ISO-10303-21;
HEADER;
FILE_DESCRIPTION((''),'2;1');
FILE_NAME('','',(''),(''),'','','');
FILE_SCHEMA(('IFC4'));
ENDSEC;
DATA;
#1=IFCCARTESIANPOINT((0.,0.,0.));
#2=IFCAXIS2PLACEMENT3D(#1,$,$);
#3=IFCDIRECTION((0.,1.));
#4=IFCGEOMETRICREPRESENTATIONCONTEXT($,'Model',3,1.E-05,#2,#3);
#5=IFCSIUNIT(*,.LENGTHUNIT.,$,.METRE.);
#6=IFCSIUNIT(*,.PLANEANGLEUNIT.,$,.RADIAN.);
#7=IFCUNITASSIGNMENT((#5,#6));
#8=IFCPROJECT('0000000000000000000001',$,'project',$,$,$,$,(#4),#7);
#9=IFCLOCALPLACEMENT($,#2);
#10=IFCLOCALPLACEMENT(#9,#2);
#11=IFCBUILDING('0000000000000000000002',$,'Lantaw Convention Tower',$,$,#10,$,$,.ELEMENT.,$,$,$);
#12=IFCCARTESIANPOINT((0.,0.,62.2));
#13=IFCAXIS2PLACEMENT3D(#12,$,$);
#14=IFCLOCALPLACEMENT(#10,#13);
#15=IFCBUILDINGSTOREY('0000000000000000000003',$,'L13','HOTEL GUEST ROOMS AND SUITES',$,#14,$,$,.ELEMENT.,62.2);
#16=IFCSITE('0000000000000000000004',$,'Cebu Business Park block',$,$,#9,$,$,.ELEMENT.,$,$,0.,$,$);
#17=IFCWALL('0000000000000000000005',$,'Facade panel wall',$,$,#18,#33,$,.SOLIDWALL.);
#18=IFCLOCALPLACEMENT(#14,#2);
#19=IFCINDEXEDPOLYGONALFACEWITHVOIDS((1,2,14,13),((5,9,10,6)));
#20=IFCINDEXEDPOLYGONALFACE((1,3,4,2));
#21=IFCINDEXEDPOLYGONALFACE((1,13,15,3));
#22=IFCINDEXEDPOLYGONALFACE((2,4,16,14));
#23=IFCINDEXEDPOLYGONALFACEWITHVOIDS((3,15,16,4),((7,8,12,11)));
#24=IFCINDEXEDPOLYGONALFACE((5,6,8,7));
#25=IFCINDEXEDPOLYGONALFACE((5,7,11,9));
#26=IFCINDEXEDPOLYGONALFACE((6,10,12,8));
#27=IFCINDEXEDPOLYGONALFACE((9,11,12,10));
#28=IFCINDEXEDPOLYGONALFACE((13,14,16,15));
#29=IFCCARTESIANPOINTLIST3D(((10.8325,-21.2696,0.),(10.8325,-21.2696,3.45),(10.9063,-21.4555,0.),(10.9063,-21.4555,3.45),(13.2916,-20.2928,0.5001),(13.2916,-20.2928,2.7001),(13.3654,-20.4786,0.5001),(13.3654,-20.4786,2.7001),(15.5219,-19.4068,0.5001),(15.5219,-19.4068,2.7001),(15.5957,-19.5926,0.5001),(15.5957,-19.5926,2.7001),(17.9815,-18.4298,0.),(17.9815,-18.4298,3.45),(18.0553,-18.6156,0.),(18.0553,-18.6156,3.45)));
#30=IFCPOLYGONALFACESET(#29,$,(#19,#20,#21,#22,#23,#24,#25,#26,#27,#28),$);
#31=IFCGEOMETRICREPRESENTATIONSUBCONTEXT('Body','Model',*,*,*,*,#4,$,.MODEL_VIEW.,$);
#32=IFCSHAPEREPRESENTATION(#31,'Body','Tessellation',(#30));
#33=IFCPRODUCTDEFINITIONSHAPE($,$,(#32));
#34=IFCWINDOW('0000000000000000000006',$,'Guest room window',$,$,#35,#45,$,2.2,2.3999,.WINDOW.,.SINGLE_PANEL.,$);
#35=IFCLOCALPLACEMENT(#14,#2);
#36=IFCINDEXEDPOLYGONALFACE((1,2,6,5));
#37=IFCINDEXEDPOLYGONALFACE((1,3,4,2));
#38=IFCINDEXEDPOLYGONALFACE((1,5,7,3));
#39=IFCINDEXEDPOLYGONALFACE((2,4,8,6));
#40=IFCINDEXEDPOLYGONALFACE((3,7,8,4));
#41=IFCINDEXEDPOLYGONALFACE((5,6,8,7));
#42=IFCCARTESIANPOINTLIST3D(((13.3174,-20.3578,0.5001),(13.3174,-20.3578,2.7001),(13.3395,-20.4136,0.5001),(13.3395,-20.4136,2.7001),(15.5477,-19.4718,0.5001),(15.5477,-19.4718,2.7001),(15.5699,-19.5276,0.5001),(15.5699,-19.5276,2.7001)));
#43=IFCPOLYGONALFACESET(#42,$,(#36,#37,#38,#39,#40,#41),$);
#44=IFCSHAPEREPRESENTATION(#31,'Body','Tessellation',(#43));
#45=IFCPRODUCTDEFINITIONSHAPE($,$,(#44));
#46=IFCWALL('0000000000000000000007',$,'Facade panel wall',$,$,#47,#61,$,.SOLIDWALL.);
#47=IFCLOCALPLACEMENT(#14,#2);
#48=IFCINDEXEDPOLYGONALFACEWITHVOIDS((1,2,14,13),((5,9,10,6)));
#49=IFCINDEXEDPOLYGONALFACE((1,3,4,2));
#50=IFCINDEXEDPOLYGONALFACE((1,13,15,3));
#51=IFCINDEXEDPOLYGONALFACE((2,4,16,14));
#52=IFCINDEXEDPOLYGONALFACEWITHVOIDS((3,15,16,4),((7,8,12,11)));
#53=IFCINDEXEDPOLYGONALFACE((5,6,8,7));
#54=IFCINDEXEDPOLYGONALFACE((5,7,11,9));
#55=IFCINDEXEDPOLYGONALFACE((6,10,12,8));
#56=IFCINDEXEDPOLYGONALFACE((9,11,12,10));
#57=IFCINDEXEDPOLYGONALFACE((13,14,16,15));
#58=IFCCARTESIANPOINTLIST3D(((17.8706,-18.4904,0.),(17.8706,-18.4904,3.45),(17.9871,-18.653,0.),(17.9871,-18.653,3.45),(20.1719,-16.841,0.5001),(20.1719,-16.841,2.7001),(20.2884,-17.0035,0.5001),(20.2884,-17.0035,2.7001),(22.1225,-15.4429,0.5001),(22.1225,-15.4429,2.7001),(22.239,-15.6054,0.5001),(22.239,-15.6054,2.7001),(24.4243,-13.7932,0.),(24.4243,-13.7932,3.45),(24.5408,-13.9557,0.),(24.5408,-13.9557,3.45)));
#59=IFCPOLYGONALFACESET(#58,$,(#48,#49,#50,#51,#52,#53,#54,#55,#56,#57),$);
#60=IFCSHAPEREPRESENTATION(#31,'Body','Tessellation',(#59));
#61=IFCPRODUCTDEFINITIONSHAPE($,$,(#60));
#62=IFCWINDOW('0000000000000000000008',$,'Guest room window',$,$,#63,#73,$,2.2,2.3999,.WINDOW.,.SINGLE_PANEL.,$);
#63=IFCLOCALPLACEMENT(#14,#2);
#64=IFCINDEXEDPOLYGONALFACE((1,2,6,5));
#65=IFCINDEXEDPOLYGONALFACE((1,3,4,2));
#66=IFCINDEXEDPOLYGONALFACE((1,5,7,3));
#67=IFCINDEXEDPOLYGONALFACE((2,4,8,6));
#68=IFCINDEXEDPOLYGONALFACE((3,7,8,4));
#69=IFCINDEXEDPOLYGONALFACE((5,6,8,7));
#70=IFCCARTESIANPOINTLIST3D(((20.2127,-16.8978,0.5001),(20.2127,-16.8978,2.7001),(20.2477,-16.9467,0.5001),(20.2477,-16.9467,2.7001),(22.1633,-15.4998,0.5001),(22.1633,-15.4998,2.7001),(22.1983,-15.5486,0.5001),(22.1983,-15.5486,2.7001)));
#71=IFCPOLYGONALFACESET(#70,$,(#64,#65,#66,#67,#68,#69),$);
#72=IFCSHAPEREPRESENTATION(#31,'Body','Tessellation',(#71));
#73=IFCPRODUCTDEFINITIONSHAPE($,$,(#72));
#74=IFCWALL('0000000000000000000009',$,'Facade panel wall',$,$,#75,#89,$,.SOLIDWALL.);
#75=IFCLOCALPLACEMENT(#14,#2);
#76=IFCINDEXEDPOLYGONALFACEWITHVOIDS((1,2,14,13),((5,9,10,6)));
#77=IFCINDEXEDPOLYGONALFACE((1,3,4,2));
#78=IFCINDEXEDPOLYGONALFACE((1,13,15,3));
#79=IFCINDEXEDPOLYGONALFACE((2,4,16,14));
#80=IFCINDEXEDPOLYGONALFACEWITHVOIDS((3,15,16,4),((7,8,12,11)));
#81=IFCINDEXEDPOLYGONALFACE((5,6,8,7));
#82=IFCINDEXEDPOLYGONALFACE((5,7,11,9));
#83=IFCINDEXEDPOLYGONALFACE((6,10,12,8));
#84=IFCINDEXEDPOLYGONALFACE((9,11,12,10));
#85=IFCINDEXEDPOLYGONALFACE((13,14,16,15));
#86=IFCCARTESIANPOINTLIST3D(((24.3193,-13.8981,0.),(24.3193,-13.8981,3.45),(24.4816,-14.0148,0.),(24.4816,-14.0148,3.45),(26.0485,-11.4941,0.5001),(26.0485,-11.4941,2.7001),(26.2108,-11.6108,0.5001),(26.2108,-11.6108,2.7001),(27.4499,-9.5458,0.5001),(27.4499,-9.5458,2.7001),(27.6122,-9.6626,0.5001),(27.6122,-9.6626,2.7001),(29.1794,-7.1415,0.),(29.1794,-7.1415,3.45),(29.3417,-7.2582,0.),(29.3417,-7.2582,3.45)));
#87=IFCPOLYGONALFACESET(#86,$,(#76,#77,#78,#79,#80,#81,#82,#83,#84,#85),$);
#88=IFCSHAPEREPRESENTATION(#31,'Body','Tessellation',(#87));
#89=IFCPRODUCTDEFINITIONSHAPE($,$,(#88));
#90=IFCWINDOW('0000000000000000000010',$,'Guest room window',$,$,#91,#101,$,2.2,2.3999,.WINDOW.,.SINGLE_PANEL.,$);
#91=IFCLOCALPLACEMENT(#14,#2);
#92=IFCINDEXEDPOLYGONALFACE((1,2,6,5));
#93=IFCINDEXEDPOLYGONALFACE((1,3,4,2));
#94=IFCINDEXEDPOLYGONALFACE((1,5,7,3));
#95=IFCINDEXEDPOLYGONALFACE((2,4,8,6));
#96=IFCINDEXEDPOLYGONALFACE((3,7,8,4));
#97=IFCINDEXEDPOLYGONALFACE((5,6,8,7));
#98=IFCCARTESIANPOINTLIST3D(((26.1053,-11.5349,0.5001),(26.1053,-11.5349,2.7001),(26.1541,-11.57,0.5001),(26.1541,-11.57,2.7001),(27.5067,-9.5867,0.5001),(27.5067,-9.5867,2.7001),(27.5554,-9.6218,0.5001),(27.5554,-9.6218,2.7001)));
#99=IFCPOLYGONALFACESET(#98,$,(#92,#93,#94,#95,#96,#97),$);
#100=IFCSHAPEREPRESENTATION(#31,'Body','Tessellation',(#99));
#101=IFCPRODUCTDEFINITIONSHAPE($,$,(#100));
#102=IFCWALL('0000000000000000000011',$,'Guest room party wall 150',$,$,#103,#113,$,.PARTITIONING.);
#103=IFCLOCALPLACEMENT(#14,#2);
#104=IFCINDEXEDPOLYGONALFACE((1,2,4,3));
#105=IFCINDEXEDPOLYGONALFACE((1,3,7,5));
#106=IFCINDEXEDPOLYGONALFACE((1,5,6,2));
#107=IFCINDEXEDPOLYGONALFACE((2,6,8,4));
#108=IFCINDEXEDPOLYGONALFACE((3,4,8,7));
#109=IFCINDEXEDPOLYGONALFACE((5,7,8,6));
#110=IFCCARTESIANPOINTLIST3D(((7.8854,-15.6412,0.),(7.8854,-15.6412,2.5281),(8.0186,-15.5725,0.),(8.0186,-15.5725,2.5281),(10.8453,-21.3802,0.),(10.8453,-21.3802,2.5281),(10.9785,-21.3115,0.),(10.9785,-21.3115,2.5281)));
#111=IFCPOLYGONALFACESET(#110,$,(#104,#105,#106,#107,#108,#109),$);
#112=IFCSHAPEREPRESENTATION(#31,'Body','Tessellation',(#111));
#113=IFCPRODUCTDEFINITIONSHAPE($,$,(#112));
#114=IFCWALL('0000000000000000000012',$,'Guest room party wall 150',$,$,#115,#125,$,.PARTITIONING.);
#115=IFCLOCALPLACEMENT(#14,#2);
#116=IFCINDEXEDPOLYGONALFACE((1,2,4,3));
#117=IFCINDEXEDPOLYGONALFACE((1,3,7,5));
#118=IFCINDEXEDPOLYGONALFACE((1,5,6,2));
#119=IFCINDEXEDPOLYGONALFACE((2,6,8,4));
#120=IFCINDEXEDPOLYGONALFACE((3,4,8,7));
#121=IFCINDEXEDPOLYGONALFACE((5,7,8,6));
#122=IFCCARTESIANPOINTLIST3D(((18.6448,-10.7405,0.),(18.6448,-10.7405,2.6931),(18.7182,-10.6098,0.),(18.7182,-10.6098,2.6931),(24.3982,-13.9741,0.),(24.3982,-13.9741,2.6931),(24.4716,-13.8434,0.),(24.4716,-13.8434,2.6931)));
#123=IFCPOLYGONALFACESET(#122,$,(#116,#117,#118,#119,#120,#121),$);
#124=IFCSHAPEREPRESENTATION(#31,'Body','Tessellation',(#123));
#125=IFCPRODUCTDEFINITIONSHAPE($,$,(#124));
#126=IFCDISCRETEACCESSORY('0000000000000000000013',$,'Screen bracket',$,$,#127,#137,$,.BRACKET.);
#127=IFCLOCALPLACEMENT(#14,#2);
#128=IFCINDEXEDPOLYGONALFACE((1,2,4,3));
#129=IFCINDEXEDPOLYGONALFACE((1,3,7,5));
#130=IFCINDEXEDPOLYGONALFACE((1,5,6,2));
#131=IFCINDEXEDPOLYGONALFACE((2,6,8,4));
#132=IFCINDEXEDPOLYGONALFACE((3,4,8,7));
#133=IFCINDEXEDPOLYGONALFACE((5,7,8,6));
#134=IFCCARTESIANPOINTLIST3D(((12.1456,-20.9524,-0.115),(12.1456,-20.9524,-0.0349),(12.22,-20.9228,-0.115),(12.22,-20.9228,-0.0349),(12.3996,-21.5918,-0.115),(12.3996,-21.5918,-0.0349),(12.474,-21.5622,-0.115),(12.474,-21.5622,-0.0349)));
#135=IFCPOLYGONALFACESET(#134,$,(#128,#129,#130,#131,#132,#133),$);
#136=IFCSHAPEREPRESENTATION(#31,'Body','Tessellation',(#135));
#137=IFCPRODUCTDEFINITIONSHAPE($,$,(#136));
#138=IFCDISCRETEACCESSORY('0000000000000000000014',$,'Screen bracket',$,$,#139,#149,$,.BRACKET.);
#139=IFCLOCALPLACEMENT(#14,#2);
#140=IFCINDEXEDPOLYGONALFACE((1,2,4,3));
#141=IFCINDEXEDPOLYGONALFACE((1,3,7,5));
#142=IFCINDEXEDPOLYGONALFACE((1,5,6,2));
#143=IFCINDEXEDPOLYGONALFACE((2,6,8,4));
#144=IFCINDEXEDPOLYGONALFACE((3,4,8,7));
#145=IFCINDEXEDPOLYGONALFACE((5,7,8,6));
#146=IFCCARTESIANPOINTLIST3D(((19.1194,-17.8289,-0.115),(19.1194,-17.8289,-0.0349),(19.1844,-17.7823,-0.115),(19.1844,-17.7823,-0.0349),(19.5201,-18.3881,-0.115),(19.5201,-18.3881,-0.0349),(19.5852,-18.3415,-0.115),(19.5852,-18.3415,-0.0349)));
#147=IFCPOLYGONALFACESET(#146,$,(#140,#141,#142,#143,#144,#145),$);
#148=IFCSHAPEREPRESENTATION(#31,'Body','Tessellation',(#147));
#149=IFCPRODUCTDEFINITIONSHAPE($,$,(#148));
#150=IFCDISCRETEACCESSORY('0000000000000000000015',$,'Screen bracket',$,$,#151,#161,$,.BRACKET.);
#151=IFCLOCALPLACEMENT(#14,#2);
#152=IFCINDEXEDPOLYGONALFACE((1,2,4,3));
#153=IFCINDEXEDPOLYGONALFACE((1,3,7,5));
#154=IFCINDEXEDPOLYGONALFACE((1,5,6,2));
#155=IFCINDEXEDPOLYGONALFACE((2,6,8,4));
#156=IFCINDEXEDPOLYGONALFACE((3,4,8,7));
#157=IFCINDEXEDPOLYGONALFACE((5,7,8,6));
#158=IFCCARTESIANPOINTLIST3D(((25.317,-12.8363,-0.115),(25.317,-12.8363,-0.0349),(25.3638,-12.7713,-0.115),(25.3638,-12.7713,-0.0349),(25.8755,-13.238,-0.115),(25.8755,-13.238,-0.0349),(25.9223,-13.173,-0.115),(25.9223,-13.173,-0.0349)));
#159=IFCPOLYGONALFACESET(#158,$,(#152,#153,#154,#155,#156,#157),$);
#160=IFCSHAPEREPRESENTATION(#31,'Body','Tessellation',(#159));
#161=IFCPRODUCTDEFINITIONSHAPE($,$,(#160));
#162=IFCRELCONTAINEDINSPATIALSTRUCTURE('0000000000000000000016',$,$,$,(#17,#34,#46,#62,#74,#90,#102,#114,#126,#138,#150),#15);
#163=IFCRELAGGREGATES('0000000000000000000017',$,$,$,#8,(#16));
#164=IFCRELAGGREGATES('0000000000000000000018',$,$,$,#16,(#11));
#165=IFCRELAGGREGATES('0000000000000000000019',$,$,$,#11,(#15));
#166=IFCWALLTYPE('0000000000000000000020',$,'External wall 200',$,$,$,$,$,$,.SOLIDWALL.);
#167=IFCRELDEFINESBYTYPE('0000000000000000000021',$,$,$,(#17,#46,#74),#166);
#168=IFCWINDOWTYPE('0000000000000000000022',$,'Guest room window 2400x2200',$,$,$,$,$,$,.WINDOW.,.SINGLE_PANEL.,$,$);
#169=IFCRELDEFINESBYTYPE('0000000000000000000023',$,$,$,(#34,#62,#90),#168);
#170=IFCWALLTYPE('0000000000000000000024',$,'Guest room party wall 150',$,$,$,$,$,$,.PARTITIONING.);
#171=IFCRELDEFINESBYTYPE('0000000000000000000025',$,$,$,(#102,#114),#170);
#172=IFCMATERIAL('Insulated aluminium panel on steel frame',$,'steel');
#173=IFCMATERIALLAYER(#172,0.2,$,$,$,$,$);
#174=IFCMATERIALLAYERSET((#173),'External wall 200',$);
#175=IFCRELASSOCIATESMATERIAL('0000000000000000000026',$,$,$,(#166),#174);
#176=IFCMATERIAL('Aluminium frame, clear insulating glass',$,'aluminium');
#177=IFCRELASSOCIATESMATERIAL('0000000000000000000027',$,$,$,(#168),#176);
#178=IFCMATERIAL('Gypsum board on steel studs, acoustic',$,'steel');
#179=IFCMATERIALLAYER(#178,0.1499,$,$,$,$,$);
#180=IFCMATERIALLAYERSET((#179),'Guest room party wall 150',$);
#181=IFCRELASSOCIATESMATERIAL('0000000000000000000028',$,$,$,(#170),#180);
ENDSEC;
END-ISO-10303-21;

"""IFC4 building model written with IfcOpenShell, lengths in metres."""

from ifc_helpers import new_model, si_unit, direction, frame, frame_2d, origin, origin_2d, place, context, subcontext, project, spatial, rectangle, extrude, material, layer, layer_set, type_object, element, fill, save


model = new_model("IFC4")

# Units and contexts
model_context = context("Model", 3, precision=1e-05, world=origin(), true_north=direction((0.0, 1.0)))
body_context = subcontext(model_context, "Body", "Model", "MODEL_VIEW")
ifc_project = project(units=[si_unit("LENGTHUNIT", "METRE"), si_unit("PLANEANGLEUNIT", "RADIAN")], contexts=[model_context])

# Site, building, storey
site_placement = place(None, origin())
site = spatial("IfcSite", under=ifc_project, at=site_placement, Name="Cebu Business Park block", CompositionType="ELEMENT", RefElevation=0.0)
building_placement = place(site_placement, origin())
building = spatial("IfcBuilding", under=site, at=building_placement, Name="Lantaw Convention Tower", CompositionType="ELEMENT")
storey_placement = place(building_placement, frame((0.0, 0.0, 62.2)))
storey = spatial("IfcBuildingStorey", under=building, at=storey_placement, Name="L13", Description="HOTEL GUEST ROOMS AND SUITES", CompositionType="ELEMENT", Elevation=62.2)

# Walls, openings, windows
ifc_material_1 = material(Name="Insulated aluminium panel on steel frame", Category="steel")
ifc_layer_1 = layer(ifc_material_1, 0.2)
ifc_layer_set_1 = layer_set([ifc_layer_1], Name="External wall 200")
wall_type_1 = type_object("IfcWallType", Name="External wall 200", PredefinedType="SOLIDWALL", material=ifc_layer_set_1)
wall_1_placement = place(storey_placement, frame((10.8694, -21.3625, 0.0), z_axis=(0.0, 0.0, 1.0), x_axis=(0.929358, 0.369179, 0.0)))
wall_1 = element("IfcWall", 1, at=wall_1_placement, inside=storey, type_object=wall_type_1, Name="Facade panel wall", PredefinedType="SOLIDWALL", context=body_context, shape_type="SweptSolid", body=[
    extrude(rectangle(XDim=7.6924, YDim=0.2, at=frame_2d((3.8462, 0.0))), origin(), (0.0, 0.0, 1.0), 3.45),
])
opening_1_placement = place(wall_1_placement, frame((2.646, 0.0, 0.5)))
opening_1 = element("IfcOpeningElement", 2, at=opening_1_placement, cuts=wall_1, PredefinedType="OPENING", context=body_context, shape_type="SweptSolid", body=[
    extrude(rectangle(XDim=2.3999, YDim=2.2, at=frame_2d((1.2, 1.1001))), frame((0.0, 0.1099, 0.0), z_axis=(0.0, -1.0, 0.0), x_axis=(1.0, 0.0, 0.0)), (0.0, 0.0, 1.0), 0.22),
])
ifc_material_2 = material(Name="Aluminium frame, clear insulating glass", Category="aluminium")
window_type = type_object("IfcWindowType", Name="Guest room window 2400x2200", PartitioningType="SINGLE_PANEL", PredefinedType="WINDOW", material=ifc_material_2)
window_1_placement = place(opening_1_placement, origin())
window_1 = element("IfcWindow", 3, at=window_1_placement, inside=storey, type_object=window_type, Name="Guest room window", OverallHeight=2.2, OverallWidth=2.3999, PartitioningType="SINGLE_PANEL", PredefinedType="WINDOW", context=body_context, shape_type="SweptSolid", body=[
    extrude(rectangle(XDim=2.3999, YDim=2.2, at=frame_2d((1.2, 1.1001))), frame((0.0, 0.03, 0.0), z_axis=(0.0, -1.0, 0.0), x_axis=(1.0, 0.0, 0.0)), (0.0, 0.0, 1.0), 0.0601),
])
fill(opening_1, window_1)
wall_2_placement = place(storey_placement, frame((17.9287, -18.5718, 0.0), z_axis=(0.0, 0.0, 1.0), x_axis=(0.812791, 0.582555, 0.0)))
wall_2 = element("IfcWall", 4, at=wall_2_placement, inside=storey, type_object=wall_type_1, Name="Facade panel wall", PredefinedType="SOLIDWALL", context=body_context, shape_type="SweptSolid", body=[
    extrude(rectangle(XDim=8.0632, YDim=0.2, at=frame_2d((4.0317, 0.0))), origin(), (0.0, 0.0, 1.0), 3.45),
])
opening_2_placement = place(wall_2_placement, frame((2.8315, 0.0, 0.5)))
opening_2 = element("IfcOpeningElement", 5, at=opening_2_placement, cuts=wall_2, PredefinedType="OPENING", context=body_context, shape_type="SweptSolid", body=[
    extrude(rectangle(XDim=2.3999, YDim=2.2, at=frame_2d((1.2, 1.1001))), frame((0.0, 0.1099, 0.0), z_axis=(0.0, -1.0, 0.0), x_axis=(1.0, 0.0, 0.0)), (0.0, 0.0, 1.0), 0.22),
])
window_2_placement = place(opening_2_placement, origin())
window_2 = element("IfcWindow", 6, at=window_2_placement, inside=storey, type_object=window_type, Name="Guest room window", OverallHeight=2.2, OverallWidth=2.3999, PartitioningType="SINGLE_PANEL", PredefinedType="WINDOW", context=body_context, shape_type="SweptSolid", body=[
    extrude(rectangle(XDim=2.3999, YDim=2.2, at=frame_2d((1.2, 1.1001))), frame((0.0, 0.03, 0.0), z_axis=(0.0, -1.0, 0.0), x_axis=(1.0, 0.0, 0.0)), (0.0, 0.0, 1.0), 0.0601),
])
fill(opening_2, window_2)
wall_3_placement = place(storey_placement, frame((24.4004, -13.9565, 0.0), z_axis=(0.0, 0.0, 1.0), x_axis=(0.583938, 0.811799, 0.0)))
wall_3 = element("IfcWall", 7, at=wall_3_placement, inside=storey, type_object=wall_type_1, Name="Facade panel wall", PredefinedType="SOLIDWALL", context=body_context, shape_type="SweptSolid", body=[
    extrude(rectangle(XDim=8.323, YDim=0.2, at=frame_2d((4.1616, 0.0))), origin(), (0.0, 0.0, 1.0), 3.45),
])
opening_3_placement = place(wall_3_placement, frame((2.9614, 0.0, 0.5)))
opening_3 = element("IfcOpeningElement", 8, at=opening_3_placement, cuts=wall_3, PredefinedType="OPENING", context=body_context, shape_type="SweptSolid", body=[
    extrude(rectangle(XDim=2.3999, YDim=2.2, at=frame_2d((1.2, 1.1001))), frame((0.0, 0.1099, 0.0), z_axis=(0.0, -1.0, 0.0), x_axis=(1.0, 0.0, 0.0)), (0.0, 0.0, 1.0), 0.22),
])
window_3_placement = place(opening_3_placement, origin())
window_3 = element("IfcWindow", 9, at=window_3_placement, inside=storey, type_object=window_type, Name="Guest room window", OverallHeight=2.2, OverallWidth=2.3999, PartitioningType="SINGLE_PANEL", PredefinedType="WINDOW", context=body_context, shape_type="SweptSolid", body=[
    extrude(rectangle(XDim=2.3999, YDim=2.2, at=frame_2d((1.2, 1.1001))), frame((0.0, 0.03, 0.0), z_axis=(0.0, -1.0, 0.0), x_axis=(1.0, 0.0, 0.0)), (0.0, 0.0, 1.0), 0.0601),
])
fill(opening_3, window_3)

# Walls
ifc_material_3 = material(Name="Gypsum board on steel studs, acoustic", Category="steel")
ifc_layer_2 = layer(ifc_material_3, 0.1499)
ifc_layer_set_2 = layer_set([ifc_layer_2], Name="Guest room party wall 150")
wall_type_2 = type_object("IfcWallType", Name="Guest room party wall 150", PredefinedType="PARTITIONING", material=ifc_layer_set_2)
wall_4_placement = place(storey_placement, frame((10.9119, -21.3457, 0.0), z_axis=(0.0, 0.0, 1.0), x_axis=(-0.458385, 0.888754, 0.0)))
element("IfcWall", 10, at=wall_4_placement, inside=storey, type_object=wall_type_2, Name="Guest room party wall 150", PredefinedType="PARTITIONING", context=body_context, shape_type="SweptSolid", body=[
    extrude(rectangle(XDim=6.4573, YDim=0.1499, at=frame_2d((3.2285, 0.0))), origin(), (0.0, 0.0, 1.0), 2.5281),
])
wall_5_placement = place(storey_placement, frame((24.4348, -13.9087, 0.0), z_axis=(0.0, 0.0, 1.0), x_axis=(-0.871747, 0.489956, 0.0)))
element("IfcWall", 11, at=wall_5_placement, inside=storey, type_object=wall_type_2, Name="Guest room party wall 150", PredefinedType="PARTITIONING", context=body_context, shape_type="SweptSolid", body=[
    extrude(rectangle(XDim=6.5999, YDim=0.1499, at=frame_2d((3.2998, 0.0))), origin(), (0.0, 0.0, 1.0), 2.6931),
])

# Discrete accessories
for number, where, z_axis, x_axis, name in (
    (12, (12.3098, -21.2573, -0.115), (0.0, 0.0, 1.0), (0.929361, 0.369172, 0.0), "Screen bracket"),
    (13, (19.3523, -18.0852, -0.115), (0.0, 0.0, 1.0), (0.812804, 0.582538, 0.0), "Screen bracket"),
    (14, (25.6196, -13.0046, -0.115), (0.0, 0.0, 1.0), (0.583951, 0.811789, 0.0), "Screen bracket"),
):
    element("IfcDiscreteAccessory", number, at=place(storey_placement, frame(where, z_axis=z_axis, x_axis=x_axis)), inside=storey, Name=name, PredefinedType="BRACKET", context=body_context, shape_type="SweptSolid", body=[
        extrude(rectangle(XDim=0.0801, YDim=0.688, at=origin_2d()), origin(), (0.0, 0.0, 1.0), 0.0801),
    ])

save(model, "model.ifc")
